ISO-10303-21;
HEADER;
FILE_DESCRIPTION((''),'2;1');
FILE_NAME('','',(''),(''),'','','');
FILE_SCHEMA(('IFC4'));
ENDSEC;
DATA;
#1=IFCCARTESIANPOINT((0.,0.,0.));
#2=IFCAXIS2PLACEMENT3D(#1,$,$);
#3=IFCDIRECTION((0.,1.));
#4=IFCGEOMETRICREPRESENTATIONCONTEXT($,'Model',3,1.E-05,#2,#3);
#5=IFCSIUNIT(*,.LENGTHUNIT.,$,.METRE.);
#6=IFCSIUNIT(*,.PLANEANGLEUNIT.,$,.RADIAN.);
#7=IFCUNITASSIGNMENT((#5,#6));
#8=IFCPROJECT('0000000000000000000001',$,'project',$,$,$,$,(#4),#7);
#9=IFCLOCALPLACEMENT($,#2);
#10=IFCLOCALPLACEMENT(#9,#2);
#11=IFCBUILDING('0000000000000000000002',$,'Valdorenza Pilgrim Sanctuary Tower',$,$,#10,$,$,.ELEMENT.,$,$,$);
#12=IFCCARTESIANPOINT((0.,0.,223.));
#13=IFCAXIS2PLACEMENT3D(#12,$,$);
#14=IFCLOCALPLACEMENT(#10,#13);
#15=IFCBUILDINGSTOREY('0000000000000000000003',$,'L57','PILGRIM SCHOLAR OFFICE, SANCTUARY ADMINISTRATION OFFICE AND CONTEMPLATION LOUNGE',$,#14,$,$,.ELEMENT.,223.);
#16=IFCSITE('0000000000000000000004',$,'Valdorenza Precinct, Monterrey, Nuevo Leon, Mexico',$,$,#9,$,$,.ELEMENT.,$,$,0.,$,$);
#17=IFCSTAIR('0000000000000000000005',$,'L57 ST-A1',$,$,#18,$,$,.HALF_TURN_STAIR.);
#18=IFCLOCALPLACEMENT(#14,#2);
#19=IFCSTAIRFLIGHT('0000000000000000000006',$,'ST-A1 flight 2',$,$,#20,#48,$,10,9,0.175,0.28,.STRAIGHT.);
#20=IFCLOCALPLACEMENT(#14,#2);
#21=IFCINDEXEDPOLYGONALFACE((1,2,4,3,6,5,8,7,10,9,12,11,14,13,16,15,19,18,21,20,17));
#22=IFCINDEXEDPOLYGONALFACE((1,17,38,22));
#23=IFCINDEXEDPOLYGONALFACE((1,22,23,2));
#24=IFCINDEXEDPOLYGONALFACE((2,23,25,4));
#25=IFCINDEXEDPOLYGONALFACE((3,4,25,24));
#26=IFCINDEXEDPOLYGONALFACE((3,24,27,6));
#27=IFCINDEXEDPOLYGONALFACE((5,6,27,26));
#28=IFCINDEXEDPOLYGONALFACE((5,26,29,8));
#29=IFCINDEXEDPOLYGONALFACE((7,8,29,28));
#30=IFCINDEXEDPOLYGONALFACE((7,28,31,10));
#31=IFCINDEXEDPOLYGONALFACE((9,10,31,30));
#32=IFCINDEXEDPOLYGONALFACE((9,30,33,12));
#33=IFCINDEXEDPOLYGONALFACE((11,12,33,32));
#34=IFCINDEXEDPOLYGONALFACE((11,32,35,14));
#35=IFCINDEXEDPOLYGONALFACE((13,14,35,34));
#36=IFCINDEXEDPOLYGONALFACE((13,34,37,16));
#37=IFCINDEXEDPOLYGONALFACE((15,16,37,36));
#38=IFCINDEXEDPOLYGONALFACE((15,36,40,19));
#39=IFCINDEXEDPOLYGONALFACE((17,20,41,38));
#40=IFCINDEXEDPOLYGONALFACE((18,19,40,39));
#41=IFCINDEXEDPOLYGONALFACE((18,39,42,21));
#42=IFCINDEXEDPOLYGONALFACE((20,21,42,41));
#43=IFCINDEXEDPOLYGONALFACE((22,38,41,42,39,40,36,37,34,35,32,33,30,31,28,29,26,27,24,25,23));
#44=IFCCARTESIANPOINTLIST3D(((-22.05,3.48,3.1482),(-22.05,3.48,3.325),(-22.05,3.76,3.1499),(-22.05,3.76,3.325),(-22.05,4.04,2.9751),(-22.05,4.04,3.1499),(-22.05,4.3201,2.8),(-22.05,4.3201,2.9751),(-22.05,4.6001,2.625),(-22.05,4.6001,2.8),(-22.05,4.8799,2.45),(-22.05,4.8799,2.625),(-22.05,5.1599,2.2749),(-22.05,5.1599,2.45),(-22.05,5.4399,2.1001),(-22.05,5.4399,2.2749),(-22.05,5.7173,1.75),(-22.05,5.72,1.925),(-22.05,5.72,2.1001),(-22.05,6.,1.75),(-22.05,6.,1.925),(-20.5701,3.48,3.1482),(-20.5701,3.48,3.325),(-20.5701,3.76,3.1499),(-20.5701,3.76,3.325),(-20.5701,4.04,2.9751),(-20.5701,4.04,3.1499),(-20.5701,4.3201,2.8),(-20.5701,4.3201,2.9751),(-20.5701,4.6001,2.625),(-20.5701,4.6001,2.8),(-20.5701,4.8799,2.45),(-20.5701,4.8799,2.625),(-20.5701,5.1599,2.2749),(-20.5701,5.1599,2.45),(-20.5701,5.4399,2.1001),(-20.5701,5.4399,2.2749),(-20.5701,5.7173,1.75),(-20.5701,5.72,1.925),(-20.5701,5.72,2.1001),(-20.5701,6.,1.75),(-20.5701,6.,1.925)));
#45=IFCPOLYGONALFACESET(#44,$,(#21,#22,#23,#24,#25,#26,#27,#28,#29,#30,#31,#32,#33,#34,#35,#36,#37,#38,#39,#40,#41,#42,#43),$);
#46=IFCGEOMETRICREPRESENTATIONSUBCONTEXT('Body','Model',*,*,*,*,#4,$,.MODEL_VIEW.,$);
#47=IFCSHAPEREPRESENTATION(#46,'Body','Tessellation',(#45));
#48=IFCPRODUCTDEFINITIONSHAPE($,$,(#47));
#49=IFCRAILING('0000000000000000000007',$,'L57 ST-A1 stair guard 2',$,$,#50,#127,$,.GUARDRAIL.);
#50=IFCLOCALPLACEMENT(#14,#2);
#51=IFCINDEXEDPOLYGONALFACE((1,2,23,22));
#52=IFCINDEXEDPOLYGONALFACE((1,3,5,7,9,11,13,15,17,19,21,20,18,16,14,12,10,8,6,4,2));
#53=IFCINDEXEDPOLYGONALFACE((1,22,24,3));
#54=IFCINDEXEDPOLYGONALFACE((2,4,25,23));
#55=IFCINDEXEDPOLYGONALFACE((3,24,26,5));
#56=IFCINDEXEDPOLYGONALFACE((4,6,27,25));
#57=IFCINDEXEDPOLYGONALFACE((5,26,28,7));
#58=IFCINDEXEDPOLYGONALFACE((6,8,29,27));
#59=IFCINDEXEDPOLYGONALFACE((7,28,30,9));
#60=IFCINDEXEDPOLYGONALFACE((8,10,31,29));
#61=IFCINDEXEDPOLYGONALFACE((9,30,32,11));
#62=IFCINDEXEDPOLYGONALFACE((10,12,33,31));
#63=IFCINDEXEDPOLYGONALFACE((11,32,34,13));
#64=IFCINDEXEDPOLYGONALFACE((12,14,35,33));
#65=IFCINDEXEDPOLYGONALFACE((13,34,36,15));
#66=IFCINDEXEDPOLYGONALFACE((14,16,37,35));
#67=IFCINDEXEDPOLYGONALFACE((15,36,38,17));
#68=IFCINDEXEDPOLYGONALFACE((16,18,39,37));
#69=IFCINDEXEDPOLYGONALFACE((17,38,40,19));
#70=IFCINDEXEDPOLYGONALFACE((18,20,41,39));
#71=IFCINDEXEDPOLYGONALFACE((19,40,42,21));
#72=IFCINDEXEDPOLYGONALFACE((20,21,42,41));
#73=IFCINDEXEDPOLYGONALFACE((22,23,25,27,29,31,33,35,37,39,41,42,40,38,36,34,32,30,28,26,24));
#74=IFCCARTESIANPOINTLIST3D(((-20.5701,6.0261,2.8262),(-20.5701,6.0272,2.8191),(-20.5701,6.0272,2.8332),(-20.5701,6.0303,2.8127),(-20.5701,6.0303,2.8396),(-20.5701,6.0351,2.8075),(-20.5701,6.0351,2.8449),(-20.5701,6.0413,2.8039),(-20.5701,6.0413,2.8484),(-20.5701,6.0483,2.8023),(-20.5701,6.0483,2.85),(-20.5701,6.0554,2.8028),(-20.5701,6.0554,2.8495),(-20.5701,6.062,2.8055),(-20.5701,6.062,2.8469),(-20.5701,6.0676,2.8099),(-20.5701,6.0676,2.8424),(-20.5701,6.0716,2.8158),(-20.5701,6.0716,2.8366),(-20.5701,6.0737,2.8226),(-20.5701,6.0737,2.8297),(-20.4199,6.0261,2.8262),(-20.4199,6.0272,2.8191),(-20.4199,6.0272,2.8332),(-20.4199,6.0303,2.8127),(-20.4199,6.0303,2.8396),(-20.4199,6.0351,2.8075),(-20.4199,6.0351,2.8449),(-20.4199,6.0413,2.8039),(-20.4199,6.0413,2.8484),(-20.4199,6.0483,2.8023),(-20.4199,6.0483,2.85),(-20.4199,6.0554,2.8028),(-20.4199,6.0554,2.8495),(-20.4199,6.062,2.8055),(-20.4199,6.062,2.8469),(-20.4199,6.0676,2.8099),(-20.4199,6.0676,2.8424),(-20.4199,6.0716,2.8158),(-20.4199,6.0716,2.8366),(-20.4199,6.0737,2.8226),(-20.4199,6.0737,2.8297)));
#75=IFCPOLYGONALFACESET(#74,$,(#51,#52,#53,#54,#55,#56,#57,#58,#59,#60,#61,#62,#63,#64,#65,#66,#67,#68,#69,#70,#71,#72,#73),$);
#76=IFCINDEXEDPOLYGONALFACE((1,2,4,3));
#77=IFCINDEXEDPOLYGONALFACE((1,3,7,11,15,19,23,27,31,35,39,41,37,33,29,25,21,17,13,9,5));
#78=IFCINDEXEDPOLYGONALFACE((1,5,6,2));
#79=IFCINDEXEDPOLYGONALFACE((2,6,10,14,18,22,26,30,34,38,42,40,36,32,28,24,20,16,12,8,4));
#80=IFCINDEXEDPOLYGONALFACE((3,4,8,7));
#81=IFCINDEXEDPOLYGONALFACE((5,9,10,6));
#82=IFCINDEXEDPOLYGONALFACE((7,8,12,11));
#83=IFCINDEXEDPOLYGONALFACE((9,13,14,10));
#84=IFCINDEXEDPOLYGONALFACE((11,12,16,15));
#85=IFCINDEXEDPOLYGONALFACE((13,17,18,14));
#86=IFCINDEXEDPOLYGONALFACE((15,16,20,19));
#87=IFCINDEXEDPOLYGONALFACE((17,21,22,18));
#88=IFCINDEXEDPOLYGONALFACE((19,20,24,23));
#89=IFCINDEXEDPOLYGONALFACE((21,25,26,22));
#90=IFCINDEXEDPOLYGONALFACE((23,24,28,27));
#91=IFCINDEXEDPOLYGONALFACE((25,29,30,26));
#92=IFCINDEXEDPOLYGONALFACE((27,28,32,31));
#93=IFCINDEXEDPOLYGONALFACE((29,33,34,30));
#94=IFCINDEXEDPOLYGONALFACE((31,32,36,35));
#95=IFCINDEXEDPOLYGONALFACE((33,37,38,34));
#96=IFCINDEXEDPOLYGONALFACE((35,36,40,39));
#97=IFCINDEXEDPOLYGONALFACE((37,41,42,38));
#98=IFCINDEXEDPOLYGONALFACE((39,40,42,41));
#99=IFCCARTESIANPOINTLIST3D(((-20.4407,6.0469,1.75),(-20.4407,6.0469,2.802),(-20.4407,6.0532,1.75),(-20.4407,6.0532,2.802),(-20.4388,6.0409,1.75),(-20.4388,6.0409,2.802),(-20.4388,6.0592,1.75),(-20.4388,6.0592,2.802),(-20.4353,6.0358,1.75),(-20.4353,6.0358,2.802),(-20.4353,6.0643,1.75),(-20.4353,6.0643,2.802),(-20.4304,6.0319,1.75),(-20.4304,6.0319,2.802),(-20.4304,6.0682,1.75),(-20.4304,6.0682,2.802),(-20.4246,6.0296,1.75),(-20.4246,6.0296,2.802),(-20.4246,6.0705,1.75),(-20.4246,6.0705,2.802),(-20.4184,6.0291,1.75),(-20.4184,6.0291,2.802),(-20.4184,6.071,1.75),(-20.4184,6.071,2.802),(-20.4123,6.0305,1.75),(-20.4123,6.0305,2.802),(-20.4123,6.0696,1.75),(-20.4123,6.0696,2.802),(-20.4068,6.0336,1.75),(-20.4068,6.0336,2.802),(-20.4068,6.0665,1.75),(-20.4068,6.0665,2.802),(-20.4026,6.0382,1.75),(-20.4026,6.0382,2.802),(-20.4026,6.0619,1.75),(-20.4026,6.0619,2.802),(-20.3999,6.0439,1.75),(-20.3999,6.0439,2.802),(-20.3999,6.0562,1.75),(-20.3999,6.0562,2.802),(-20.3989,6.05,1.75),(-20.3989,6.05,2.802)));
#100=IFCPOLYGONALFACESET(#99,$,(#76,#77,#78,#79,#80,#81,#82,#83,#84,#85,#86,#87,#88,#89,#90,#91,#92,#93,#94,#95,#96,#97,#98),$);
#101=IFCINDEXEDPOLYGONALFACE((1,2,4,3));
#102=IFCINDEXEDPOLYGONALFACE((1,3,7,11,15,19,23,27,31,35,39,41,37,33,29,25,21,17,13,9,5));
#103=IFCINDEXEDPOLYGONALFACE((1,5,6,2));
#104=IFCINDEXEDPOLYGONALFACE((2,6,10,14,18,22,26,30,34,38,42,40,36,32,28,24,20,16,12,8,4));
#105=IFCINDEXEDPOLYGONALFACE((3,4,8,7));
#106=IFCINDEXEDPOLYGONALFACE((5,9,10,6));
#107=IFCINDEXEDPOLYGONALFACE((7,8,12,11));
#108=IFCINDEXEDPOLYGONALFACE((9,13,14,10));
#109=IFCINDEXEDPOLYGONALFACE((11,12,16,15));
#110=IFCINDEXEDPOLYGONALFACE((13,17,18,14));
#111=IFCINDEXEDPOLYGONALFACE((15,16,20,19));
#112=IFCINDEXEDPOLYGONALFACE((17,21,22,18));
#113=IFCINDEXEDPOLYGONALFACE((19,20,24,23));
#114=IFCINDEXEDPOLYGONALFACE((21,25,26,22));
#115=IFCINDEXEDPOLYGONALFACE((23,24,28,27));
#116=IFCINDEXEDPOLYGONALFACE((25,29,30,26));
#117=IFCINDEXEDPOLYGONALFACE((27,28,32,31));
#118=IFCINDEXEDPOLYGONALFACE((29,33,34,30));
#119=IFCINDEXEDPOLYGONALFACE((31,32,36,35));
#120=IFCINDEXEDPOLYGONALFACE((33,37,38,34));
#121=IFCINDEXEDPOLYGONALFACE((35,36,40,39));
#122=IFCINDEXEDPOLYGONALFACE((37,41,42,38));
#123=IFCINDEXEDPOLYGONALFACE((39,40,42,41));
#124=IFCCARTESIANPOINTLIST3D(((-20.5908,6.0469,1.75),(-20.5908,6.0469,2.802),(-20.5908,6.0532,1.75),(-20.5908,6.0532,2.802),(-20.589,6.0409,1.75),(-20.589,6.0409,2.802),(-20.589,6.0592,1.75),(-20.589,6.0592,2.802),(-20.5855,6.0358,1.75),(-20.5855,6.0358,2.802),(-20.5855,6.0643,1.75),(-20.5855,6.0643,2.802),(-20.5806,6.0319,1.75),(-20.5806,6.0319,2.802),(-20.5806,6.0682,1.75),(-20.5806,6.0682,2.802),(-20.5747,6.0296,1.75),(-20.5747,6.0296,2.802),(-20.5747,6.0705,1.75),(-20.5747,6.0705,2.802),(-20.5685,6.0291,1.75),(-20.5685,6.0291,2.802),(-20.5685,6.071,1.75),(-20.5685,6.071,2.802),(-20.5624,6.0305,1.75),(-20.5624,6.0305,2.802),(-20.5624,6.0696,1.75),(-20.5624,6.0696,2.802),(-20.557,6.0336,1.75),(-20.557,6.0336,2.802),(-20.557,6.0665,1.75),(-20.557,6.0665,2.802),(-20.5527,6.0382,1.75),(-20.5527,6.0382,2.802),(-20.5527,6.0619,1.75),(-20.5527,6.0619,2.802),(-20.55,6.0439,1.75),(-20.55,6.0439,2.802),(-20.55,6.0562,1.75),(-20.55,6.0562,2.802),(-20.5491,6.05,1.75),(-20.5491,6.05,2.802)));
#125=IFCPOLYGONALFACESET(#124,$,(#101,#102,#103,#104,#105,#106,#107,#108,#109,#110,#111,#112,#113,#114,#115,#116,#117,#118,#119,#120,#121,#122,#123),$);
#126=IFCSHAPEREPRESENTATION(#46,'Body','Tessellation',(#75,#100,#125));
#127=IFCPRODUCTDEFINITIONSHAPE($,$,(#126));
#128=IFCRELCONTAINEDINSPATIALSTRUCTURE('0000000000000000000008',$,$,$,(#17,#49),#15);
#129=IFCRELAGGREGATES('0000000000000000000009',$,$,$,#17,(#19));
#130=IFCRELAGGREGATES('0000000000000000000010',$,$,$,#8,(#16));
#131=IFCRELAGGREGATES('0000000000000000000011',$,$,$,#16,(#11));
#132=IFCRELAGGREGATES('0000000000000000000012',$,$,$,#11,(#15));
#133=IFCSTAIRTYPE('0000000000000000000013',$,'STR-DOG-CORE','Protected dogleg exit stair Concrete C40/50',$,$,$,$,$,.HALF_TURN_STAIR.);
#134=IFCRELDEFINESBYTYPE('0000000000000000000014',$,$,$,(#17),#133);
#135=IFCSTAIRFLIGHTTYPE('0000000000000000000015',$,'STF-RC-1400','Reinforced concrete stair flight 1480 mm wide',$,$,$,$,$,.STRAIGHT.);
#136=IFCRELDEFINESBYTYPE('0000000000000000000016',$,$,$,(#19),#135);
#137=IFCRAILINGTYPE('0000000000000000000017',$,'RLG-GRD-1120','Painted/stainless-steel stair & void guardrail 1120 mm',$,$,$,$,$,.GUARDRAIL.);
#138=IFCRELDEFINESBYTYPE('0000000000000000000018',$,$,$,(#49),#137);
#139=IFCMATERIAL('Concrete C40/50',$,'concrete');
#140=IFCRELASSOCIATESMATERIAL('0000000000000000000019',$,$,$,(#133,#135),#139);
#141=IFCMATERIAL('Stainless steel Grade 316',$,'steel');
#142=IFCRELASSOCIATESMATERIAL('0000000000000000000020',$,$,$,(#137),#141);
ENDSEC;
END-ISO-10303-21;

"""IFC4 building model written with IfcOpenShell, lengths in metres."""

from ifc_helpers import new_model, si_unit, direction, frame, origin, origin_2d, place, context, subcontext, project, spatial, polyline, circle, outline, extrude, material, type_object, element, aggregate, save


model = new_model("IFC4")

# Units and contexts
model_context = context("Model", 3, precision=1e-05, world=origin(), true_north=direction((0.0, 1.0)))
body_context = subcontext(model_context, "Body", "Model", "MODEL_VIEW")
ifc_project = project(units=[si_unit("LENGTHUNIT", "METRE"), si_unit("PLANEANGLEUNIT", "RADIAN")], contexts=[model_context])

# Site, building, storey
site_placement = place(None, origin())
site = spatial("IfcSite", under=ifc_project, at=site_placement, Name="Valdorenza Precinct, Monterrey, Nuevo Leon, Mexico", CompositionType="ELEMENT", RefElevation=0.0)
building_placement = place(site_placement, origin())
building = spatial("IfcBuilding", under=site, at=building_placement, Name="Valdorenza Pilgrim Sanctuary Tower", CompositionType="ELEMENT")
storey_placement = place(building_placement, frame((0.0, 0.0, 223.0)))
storey = spatial("IfcBuildingStorey", under=building, at=storey_placement, Name="L57", Description="PILGRIM SCHOLAR OFFICE, SANCTUARY ADMINISTRATION OFFICE AND CONTEMPLATION LOUNGE", CompositionType="ELEMENT", Elevation=223.0)

# Stair, stair flight
ifc_material_1 = material(Name="Concrete C40/50", Category="concrete")
stair_type = type_object("IfcStairType", Name="STR-DOG-CORE", Description="Protected dogleg exit stair Concrete C40/50", PredefinedType="HALF_TURN_STAIR", material=ifc_material_1)
stair_placement = place(storey_placement, origin())
stair = element("IfcStair", 1, at=stair_placement, inside=storey, type_object=stair_type, Name="L57 ST-A1", PredefinedType="HALF_TURN_STAIR")
stair_flight_type = type_object("IfcStairFlightType", Name="STF-RC-1400", Description="Reinforced concrete stair flight 1480 mm wide", PredefinedType="STRAIGHT", material=ifc_material_1)
stair_flight_placement = place(storey_placement, frame((-21.3101, 6.0, 1.75), z_axis=(0.0, 0.0, 1.0), x_axis=(0.0, -1.0, 0.0)))
stair_flight = element("IfcStairFlight", 2, at=stair_flight_placement, type_object=stair_flight_type, Name="ST-A1 flight 2", NumberOfRisers=10, NumberOfTreads=9, PredefinedType="STRAIGHT", RiserHeight=0.175, TreadLength=0.28, context=body_context, shape_type="SweptSolid", body=[
    extrude(outline(polyline([(0.0, 0.0), (0.0, 0.175), (0.28, 0.175), (0.28, 0.3501), (0.5601, 0.3501), (0.5601, 0.5249), (0.8401, 0.5249), (0.8401, 0.7), (1.1201, 0.7), (1.1201, 0.875), (1.3999, 0.875), (1.3999, 1.05), (1.6799, 1.05), (1.6799, 1.2251), (1.96, 1.2251), (1.96, 1.3999), (2.24, 1.3999), (2.24, 1.575), (2.52, 1.575), (2.52, 1.75), (2.52, 1.3982), (0.2827, 0.0), (0.0, 0.0)])), frame((0.0, 0.74, 0.0), z_axis=(0.0, -1.0, 0.0), x_axis=(1.0, 0.0, 0.0)), (0.0, 0.0, 1.0), 1.48),
])
aggregate(stair, [stair_flight])

# Railing
ifc_material_2 = material(Name="Stainless steel Grade 316", Category="steel")
railing_type = type_object("IfcRailingType", Name="RLG-GRD-1120", Description="Painted/stainless-steel stair & void guardrail 1120 mm", PredefinedType="GUARDRAIL", material=ifc_material_2)
railing_1_placement = place(storey_placement, frame((-20.4199, 6.05, 1.75)))
element("IfcRailing", 3, at=railing_1_placement, inside=storey, type_object=railing_type, Name="L57 ST-A1 stair guard 2", PredefinedType="GUARDRAIL", context=body_context, shape_type="SweptSolid", body=[
    extrude(circle(Radius=0.0239, at=origin_2d()), frame((0.0, 0.0, 1.0762), z_axis=(-1.0, 0.0, 0.0), x_axis=(0.0, -1.0, 0.0)), (0.0, 0.0, 1.0), 0.1501),
    extrude(circle(Radius=0.021, at=origin_2d()), origin(), (0.0, 0.0, 1.0), 1.052),
    extrude(circle(Radius=0.021, at=origin_2d()), frame((-0.1501, 0.0, 0.0)), (0.0, 0.0, 1.0), 1.052),
])

save(model, "model.ifc")
